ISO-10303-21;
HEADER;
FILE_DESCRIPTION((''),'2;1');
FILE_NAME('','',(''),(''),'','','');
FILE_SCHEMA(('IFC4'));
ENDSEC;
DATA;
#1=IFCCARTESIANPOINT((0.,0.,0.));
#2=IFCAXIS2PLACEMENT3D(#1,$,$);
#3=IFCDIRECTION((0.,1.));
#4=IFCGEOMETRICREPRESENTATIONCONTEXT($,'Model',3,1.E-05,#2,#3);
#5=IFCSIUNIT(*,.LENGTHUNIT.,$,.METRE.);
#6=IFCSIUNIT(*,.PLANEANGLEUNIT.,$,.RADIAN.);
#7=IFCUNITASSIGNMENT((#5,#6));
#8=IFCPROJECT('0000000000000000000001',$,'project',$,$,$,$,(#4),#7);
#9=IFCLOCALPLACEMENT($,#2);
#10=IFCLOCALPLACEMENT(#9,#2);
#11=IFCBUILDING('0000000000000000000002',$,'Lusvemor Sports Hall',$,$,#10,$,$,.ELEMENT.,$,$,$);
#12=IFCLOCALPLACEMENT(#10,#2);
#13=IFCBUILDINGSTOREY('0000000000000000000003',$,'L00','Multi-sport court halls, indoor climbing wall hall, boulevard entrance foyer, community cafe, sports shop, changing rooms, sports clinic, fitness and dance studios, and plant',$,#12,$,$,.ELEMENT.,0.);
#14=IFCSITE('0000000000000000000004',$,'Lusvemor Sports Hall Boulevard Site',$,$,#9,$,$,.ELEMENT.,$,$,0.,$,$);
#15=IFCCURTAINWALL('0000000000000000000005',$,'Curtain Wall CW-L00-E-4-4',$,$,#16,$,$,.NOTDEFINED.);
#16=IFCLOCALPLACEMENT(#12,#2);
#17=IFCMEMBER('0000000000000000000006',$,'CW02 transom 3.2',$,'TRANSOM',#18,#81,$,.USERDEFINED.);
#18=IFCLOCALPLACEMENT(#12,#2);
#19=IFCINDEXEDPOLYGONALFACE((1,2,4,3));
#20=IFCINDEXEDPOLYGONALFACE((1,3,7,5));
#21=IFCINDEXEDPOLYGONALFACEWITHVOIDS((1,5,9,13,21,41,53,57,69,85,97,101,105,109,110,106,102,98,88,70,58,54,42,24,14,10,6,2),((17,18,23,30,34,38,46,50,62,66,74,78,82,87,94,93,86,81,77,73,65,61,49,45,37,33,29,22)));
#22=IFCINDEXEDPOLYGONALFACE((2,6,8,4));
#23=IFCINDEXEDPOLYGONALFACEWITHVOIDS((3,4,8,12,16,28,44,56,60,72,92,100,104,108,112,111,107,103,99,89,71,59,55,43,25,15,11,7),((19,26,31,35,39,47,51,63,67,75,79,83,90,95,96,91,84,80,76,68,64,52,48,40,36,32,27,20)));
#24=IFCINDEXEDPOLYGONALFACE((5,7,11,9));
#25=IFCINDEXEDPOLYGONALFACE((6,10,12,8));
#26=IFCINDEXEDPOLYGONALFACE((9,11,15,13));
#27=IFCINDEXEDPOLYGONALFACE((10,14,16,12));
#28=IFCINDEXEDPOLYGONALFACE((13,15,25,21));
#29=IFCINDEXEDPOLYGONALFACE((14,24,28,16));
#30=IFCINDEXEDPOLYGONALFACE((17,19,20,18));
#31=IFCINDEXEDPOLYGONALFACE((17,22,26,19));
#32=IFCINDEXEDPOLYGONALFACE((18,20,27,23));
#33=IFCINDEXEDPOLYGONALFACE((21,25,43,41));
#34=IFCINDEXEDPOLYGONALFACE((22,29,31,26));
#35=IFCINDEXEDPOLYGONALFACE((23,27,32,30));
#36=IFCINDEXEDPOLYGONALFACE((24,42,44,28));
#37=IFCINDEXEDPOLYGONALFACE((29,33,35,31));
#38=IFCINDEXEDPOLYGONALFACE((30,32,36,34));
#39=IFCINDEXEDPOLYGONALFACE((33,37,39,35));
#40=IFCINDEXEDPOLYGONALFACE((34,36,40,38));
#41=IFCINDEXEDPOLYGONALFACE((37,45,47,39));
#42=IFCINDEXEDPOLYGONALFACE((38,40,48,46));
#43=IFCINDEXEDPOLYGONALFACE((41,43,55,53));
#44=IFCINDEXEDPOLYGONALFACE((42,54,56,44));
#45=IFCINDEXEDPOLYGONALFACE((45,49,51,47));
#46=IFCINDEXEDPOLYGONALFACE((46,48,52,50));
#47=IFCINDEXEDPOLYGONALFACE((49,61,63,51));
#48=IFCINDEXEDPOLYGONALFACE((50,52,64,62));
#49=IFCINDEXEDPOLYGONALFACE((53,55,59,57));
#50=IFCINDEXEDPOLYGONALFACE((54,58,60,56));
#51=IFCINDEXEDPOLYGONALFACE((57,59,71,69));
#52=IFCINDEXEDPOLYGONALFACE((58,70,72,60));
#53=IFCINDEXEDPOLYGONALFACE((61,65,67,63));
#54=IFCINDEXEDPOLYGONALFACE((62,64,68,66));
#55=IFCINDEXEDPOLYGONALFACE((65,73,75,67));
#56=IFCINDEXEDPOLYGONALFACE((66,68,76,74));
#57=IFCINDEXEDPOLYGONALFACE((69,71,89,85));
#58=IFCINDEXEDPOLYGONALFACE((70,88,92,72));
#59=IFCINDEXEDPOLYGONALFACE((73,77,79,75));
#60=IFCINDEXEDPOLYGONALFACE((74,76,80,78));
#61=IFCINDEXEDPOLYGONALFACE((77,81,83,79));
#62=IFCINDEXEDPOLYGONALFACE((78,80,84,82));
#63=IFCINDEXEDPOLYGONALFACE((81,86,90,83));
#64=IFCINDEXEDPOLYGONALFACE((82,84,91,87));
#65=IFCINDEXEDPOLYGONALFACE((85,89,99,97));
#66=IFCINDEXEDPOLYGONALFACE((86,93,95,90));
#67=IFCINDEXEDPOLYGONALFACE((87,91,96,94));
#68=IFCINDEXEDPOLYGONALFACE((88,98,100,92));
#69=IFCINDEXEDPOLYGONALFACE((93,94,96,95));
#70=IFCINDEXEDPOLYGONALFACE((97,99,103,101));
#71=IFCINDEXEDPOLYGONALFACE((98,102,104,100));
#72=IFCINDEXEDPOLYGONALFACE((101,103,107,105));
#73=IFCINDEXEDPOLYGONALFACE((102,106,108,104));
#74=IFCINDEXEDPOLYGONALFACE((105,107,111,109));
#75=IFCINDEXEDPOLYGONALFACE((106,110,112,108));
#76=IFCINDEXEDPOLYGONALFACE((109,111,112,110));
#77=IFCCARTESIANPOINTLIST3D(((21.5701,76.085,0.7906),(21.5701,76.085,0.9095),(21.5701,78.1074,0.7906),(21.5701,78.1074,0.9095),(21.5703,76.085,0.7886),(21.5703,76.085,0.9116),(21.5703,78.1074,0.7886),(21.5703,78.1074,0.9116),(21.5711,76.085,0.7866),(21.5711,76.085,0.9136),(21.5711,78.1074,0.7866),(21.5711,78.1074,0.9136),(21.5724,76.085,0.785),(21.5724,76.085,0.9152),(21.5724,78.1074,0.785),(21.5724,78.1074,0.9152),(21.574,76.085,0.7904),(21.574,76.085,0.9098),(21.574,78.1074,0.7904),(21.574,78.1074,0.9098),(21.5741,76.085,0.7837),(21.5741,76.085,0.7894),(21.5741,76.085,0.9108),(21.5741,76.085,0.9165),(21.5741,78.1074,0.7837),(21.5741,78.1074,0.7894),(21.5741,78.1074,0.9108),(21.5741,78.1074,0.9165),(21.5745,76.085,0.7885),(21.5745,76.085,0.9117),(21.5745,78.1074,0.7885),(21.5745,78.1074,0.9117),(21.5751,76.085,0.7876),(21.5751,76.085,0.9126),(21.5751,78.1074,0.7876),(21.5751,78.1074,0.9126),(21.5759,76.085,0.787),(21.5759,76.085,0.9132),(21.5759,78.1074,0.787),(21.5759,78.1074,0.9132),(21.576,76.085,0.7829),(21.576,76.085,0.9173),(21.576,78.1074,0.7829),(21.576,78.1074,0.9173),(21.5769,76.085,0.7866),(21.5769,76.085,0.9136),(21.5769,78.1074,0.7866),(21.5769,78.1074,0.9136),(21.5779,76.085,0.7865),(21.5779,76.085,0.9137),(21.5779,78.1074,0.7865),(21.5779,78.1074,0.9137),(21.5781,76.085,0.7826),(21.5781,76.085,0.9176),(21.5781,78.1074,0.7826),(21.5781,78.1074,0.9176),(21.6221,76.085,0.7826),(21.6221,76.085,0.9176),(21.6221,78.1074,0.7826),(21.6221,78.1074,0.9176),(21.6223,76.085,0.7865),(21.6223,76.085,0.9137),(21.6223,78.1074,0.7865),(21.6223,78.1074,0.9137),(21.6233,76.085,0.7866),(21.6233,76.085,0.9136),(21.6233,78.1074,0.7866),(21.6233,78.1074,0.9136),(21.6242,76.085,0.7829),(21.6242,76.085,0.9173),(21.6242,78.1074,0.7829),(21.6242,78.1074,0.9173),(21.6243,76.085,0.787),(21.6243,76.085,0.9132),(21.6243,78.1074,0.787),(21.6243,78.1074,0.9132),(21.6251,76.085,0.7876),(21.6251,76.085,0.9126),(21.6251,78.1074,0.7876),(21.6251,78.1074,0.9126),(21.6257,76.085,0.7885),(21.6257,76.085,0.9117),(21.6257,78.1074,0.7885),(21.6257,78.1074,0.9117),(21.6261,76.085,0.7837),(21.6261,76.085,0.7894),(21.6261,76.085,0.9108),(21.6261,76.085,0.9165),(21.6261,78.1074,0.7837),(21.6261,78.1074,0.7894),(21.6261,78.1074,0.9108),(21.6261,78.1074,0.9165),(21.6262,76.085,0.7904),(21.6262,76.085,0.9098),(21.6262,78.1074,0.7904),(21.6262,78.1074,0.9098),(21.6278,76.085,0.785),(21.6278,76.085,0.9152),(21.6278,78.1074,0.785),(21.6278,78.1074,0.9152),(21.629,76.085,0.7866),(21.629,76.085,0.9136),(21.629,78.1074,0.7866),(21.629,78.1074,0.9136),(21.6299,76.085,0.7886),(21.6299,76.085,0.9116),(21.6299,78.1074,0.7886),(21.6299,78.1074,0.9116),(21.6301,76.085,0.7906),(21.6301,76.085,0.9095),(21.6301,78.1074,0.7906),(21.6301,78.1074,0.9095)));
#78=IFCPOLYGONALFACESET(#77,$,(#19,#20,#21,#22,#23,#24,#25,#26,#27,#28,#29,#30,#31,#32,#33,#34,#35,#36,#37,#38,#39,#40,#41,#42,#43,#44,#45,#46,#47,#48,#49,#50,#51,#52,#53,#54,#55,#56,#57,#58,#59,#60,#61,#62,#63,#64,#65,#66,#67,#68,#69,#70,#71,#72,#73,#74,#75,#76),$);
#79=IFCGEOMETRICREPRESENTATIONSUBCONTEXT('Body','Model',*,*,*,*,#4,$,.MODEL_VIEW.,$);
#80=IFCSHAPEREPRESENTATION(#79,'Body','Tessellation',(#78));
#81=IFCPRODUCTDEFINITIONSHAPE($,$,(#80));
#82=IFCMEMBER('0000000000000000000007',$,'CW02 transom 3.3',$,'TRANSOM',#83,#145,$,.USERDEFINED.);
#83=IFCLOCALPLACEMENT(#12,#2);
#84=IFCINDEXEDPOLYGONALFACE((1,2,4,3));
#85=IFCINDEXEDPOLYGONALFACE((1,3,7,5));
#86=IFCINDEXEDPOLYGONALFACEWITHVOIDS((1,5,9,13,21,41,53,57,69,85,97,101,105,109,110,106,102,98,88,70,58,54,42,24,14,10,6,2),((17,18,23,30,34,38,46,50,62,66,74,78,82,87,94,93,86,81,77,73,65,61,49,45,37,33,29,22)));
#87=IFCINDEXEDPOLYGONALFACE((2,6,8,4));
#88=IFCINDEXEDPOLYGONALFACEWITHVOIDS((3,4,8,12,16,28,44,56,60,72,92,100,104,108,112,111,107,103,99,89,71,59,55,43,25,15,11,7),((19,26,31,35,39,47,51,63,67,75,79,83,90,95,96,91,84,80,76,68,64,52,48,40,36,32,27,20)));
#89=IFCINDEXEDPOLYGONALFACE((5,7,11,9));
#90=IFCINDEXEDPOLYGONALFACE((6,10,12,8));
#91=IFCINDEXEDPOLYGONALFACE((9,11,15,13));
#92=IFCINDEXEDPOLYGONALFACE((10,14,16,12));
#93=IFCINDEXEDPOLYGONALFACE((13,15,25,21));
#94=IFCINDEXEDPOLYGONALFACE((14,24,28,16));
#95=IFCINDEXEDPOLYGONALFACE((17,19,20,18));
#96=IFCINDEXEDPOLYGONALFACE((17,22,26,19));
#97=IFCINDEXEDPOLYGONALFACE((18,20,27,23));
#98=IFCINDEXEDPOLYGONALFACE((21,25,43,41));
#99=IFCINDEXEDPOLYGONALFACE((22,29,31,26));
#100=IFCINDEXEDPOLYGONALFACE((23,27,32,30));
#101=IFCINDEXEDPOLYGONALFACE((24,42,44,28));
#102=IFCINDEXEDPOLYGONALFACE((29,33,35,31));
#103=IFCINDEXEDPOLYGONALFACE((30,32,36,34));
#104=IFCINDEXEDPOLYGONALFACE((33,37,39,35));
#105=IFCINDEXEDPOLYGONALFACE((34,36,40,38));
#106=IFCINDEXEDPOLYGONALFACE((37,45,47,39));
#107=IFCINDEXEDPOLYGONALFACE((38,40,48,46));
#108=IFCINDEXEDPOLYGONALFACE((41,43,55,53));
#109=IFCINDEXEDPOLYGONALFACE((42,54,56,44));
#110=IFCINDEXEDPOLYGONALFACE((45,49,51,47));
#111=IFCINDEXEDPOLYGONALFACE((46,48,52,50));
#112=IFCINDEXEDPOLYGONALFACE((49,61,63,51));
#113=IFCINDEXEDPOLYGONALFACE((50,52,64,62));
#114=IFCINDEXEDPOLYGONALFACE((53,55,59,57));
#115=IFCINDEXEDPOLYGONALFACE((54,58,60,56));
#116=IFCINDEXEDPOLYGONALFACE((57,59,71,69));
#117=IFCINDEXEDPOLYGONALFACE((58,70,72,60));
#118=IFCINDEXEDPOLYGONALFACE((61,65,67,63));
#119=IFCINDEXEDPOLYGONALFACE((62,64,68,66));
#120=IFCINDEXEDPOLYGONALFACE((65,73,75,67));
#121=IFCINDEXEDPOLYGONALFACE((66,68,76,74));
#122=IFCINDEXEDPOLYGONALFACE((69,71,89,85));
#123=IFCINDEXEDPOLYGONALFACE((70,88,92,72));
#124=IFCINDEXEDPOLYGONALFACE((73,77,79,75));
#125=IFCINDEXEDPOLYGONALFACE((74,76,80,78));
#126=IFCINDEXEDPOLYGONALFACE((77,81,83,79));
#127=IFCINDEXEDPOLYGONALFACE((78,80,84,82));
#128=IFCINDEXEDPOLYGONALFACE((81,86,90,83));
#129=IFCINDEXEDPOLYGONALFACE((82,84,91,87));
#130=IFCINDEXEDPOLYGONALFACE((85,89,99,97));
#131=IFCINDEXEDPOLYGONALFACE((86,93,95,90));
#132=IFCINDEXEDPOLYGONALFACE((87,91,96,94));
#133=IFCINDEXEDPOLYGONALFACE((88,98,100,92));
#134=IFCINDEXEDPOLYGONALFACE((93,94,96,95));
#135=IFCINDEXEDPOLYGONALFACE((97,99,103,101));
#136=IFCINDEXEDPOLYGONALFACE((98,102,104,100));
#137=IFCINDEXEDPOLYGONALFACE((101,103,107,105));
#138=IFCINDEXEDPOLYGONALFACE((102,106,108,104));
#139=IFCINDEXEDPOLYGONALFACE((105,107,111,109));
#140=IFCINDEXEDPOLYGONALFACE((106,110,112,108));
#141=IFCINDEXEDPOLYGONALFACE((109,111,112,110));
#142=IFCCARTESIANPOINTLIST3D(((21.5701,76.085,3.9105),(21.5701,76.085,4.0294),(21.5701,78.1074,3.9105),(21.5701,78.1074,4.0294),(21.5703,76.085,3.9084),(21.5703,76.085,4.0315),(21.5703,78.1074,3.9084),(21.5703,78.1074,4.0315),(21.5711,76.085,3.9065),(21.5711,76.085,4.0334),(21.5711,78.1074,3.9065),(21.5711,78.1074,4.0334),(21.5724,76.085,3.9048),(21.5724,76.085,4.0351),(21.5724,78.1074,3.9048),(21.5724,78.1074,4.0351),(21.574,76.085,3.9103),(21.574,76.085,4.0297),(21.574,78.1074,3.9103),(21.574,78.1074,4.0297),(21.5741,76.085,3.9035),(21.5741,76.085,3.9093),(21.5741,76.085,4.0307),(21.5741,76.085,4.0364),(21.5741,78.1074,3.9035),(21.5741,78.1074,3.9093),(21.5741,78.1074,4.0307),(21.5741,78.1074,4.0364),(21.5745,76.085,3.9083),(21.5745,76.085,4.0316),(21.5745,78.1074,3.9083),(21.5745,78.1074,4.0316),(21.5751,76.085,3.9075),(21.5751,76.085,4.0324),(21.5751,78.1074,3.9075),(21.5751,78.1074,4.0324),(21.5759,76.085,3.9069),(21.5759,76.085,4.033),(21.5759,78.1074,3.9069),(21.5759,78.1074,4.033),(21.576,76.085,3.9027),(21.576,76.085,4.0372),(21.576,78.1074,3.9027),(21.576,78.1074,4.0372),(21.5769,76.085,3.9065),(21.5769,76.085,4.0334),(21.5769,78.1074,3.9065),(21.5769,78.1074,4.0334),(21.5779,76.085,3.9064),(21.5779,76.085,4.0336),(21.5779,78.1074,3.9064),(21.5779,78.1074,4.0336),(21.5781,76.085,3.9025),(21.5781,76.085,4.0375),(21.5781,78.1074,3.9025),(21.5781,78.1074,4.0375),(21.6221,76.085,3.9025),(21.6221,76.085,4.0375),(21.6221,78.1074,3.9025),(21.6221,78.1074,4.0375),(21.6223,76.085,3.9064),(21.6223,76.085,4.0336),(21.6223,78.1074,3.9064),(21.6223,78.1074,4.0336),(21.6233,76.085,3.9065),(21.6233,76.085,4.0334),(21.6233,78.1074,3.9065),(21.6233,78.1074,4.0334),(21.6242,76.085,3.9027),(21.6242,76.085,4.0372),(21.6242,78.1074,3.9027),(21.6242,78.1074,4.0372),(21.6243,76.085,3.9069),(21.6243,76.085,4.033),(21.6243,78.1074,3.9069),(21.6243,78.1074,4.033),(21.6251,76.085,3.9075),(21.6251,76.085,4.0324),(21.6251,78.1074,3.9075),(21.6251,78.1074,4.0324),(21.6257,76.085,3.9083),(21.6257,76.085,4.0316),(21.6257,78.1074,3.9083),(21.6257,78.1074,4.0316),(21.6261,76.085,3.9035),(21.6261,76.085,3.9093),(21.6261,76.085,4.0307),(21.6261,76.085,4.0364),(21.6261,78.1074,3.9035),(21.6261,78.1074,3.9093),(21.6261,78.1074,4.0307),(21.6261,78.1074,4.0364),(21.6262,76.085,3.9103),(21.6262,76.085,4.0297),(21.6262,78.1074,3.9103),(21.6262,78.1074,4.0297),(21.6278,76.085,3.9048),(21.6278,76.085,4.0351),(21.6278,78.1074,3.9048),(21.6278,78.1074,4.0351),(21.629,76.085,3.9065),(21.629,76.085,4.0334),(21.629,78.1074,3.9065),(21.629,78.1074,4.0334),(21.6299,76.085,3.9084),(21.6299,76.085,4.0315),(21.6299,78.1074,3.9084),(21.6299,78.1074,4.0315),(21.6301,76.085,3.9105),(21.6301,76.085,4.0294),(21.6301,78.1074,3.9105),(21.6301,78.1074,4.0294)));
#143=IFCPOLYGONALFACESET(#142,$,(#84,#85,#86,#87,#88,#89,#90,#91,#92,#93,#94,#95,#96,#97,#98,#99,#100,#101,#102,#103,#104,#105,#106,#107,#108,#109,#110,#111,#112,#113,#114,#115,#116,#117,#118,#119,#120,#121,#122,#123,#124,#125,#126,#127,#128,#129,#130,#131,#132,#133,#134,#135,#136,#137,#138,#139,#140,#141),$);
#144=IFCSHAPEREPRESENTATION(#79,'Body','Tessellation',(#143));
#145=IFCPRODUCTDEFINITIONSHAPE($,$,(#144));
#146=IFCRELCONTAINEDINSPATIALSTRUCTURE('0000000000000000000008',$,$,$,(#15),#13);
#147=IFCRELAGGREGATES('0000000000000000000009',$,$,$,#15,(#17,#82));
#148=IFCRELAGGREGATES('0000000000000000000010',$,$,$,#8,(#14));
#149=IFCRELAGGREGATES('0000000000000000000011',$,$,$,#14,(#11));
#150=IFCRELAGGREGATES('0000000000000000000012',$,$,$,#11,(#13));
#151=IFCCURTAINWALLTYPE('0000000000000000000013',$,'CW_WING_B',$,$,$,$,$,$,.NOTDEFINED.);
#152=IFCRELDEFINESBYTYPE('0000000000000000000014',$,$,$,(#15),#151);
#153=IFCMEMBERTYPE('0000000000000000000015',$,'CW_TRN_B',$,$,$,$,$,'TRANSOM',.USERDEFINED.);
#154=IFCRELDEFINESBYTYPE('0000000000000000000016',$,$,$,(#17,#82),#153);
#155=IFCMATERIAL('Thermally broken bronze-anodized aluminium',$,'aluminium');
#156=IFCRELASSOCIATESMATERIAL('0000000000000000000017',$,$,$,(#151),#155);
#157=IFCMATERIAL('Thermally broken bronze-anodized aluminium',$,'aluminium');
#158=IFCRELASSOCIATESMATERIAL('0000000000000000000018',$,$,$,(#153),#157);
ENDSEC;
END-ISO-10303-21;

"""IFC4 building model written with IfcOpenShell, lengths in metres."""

from ifc_helpers import new_model, si_unit, direction, frame, origin, origin_2d, place, context, subcontext, project, spatial, hollow_rectangle, extrude, material, material_profile, profile_set, type_object, element, aggregate, save


model = new_model("IFC4")

# Units and contexts
model_context = context("Model", 3, precision=1e-05, world=origin(), true_north=direction((0.0, 1.0)))
body_context = subcontext(model_context, "Body", "Model", "MODEL_VIEW")
ifc_project = project(units=[si_unit("LENGTHUNIT", "METRE"), si_unit("PLANEANGLEUNIT", "RADIAN")], contexts=[model_context])

# Site, building, storey
site_placement = place(None, origin())
site = spatial("IfcSite", under=ifc_project, at=site_placement, Name="Lusvemor Sports Hall Boulevard Site", CompositionType="ELEMENT", RefElevation=0.0)
building_placement = place(site_placement, origin())
building = spatial("IfcBuilding", under=site, at=building_placement, Name="Lusvemor Sports Hall", CompositionType="ELEMENT")
storey_placement = place(building_placement, origin())
storey = spatial("IfcBuildingStorey", under=building, at=storey_placement, Name="L00", Description="Multi-sport court halls, indoor climbing wall hall, boulevard entrance foyer, community cafe, sports shop, changing rooms, sports clinic, fitness and dance studios, and plant", CompositionType="ELEMENT", Elevation=0.0)

# Curtain wall, members
ifc_material_1 = material(Name="Thermally broken bronze-anodized aluminium", Category="aluminium")
curtain_wall_type = type_object("IfcCurtainWallType", Name="CW_WING_B", PredefinedType="NOTDEFINED", material=ifc_material_1)
curtain_wall_placement = place(storey_placement, origin())
curtain_wall = element("IfcCurtainWall", 1, at=curtain_wall_placement, inside=storey, type_object=curtain_wall_type, Name="Curtain Wall CW-L00-E-4-4", PredefinedType="NOTDEFINED")
ifc_material_2 = material(Name="Thermally broken bronze-anodized aluminium", Category="aluminium")
ifc_material_profile_1 = material_profile(ifc_material_2, hollow_rectangle(XDim=0.0601, YDim=0.135, WallThickness=0.0039, InnerFilletRadius=0.0039, OuterFilletRadius=0.0081, at=origin_2d()), Name="CWTRN135x60x4")
ifc_profile_set_1 = profile_set([ifc_material_profile_1], Name="Thermally broken bronze-anodized aluminium")
member_type_1 = type_object("IfcMemberType", Name="CW_TRN_B", ElementType="TRANSOM", PredefinedType="USERDEFINED", material=ifc_profile_set_1)
member_1_placement = place(storey_placement, frame((21.6001, 78.1074, 0.8501), z_axis=(0.0, -1.0, 0.0), x_axis=(1.0, 0.0, 0.0)))
member_1 = element("IfcMember", 2, at=member_1_placement, type_object=member_type_1, Name="CW02 transom 3.2", ObjectType="TRANSOM", PredefinedType="USERDEFINED", context=body_context, shape_type="SweptSolid", body=[
    extrude(hollow_rectangle(XDim=0.0601, YDim=0.135, WallThickness=0.0039, InnerFilletRadius=0.0039, OuterFilletRadius=0.0081, at=origin_2d()), origin(), (0.0, 0.0, 1.0), 2.0225),
])
member_2_placement = place(storey_placement, frame((21.6001, 78.1074, 3.97), z_axis=(0.0, -1.0, 0.0), x_axis=(1.0, 0.0, 0.0)))
member_2 = element("IfcMember", 3, at=member_2_placement, type_object=member_type_1, Name="CW02 transom 3.3", ObjectType="TRANSOM", PredefinedType="USERDEFINED", context=body_context, shape_type="SweptSolid", body=[
    extrude(hollow_rectangle(XDim=0.0601, YDim=0.135, WallThickness=0.0039, InnerFilletRadius=0.0039, OuterFilletRadius=0.0081, at=origin_2d()), origin(), (0.0, 0.0, 1.0), 2.0225),
])
aggregate(curtain_wall, [member_1, member_2])

save(model, "model.ifc")
